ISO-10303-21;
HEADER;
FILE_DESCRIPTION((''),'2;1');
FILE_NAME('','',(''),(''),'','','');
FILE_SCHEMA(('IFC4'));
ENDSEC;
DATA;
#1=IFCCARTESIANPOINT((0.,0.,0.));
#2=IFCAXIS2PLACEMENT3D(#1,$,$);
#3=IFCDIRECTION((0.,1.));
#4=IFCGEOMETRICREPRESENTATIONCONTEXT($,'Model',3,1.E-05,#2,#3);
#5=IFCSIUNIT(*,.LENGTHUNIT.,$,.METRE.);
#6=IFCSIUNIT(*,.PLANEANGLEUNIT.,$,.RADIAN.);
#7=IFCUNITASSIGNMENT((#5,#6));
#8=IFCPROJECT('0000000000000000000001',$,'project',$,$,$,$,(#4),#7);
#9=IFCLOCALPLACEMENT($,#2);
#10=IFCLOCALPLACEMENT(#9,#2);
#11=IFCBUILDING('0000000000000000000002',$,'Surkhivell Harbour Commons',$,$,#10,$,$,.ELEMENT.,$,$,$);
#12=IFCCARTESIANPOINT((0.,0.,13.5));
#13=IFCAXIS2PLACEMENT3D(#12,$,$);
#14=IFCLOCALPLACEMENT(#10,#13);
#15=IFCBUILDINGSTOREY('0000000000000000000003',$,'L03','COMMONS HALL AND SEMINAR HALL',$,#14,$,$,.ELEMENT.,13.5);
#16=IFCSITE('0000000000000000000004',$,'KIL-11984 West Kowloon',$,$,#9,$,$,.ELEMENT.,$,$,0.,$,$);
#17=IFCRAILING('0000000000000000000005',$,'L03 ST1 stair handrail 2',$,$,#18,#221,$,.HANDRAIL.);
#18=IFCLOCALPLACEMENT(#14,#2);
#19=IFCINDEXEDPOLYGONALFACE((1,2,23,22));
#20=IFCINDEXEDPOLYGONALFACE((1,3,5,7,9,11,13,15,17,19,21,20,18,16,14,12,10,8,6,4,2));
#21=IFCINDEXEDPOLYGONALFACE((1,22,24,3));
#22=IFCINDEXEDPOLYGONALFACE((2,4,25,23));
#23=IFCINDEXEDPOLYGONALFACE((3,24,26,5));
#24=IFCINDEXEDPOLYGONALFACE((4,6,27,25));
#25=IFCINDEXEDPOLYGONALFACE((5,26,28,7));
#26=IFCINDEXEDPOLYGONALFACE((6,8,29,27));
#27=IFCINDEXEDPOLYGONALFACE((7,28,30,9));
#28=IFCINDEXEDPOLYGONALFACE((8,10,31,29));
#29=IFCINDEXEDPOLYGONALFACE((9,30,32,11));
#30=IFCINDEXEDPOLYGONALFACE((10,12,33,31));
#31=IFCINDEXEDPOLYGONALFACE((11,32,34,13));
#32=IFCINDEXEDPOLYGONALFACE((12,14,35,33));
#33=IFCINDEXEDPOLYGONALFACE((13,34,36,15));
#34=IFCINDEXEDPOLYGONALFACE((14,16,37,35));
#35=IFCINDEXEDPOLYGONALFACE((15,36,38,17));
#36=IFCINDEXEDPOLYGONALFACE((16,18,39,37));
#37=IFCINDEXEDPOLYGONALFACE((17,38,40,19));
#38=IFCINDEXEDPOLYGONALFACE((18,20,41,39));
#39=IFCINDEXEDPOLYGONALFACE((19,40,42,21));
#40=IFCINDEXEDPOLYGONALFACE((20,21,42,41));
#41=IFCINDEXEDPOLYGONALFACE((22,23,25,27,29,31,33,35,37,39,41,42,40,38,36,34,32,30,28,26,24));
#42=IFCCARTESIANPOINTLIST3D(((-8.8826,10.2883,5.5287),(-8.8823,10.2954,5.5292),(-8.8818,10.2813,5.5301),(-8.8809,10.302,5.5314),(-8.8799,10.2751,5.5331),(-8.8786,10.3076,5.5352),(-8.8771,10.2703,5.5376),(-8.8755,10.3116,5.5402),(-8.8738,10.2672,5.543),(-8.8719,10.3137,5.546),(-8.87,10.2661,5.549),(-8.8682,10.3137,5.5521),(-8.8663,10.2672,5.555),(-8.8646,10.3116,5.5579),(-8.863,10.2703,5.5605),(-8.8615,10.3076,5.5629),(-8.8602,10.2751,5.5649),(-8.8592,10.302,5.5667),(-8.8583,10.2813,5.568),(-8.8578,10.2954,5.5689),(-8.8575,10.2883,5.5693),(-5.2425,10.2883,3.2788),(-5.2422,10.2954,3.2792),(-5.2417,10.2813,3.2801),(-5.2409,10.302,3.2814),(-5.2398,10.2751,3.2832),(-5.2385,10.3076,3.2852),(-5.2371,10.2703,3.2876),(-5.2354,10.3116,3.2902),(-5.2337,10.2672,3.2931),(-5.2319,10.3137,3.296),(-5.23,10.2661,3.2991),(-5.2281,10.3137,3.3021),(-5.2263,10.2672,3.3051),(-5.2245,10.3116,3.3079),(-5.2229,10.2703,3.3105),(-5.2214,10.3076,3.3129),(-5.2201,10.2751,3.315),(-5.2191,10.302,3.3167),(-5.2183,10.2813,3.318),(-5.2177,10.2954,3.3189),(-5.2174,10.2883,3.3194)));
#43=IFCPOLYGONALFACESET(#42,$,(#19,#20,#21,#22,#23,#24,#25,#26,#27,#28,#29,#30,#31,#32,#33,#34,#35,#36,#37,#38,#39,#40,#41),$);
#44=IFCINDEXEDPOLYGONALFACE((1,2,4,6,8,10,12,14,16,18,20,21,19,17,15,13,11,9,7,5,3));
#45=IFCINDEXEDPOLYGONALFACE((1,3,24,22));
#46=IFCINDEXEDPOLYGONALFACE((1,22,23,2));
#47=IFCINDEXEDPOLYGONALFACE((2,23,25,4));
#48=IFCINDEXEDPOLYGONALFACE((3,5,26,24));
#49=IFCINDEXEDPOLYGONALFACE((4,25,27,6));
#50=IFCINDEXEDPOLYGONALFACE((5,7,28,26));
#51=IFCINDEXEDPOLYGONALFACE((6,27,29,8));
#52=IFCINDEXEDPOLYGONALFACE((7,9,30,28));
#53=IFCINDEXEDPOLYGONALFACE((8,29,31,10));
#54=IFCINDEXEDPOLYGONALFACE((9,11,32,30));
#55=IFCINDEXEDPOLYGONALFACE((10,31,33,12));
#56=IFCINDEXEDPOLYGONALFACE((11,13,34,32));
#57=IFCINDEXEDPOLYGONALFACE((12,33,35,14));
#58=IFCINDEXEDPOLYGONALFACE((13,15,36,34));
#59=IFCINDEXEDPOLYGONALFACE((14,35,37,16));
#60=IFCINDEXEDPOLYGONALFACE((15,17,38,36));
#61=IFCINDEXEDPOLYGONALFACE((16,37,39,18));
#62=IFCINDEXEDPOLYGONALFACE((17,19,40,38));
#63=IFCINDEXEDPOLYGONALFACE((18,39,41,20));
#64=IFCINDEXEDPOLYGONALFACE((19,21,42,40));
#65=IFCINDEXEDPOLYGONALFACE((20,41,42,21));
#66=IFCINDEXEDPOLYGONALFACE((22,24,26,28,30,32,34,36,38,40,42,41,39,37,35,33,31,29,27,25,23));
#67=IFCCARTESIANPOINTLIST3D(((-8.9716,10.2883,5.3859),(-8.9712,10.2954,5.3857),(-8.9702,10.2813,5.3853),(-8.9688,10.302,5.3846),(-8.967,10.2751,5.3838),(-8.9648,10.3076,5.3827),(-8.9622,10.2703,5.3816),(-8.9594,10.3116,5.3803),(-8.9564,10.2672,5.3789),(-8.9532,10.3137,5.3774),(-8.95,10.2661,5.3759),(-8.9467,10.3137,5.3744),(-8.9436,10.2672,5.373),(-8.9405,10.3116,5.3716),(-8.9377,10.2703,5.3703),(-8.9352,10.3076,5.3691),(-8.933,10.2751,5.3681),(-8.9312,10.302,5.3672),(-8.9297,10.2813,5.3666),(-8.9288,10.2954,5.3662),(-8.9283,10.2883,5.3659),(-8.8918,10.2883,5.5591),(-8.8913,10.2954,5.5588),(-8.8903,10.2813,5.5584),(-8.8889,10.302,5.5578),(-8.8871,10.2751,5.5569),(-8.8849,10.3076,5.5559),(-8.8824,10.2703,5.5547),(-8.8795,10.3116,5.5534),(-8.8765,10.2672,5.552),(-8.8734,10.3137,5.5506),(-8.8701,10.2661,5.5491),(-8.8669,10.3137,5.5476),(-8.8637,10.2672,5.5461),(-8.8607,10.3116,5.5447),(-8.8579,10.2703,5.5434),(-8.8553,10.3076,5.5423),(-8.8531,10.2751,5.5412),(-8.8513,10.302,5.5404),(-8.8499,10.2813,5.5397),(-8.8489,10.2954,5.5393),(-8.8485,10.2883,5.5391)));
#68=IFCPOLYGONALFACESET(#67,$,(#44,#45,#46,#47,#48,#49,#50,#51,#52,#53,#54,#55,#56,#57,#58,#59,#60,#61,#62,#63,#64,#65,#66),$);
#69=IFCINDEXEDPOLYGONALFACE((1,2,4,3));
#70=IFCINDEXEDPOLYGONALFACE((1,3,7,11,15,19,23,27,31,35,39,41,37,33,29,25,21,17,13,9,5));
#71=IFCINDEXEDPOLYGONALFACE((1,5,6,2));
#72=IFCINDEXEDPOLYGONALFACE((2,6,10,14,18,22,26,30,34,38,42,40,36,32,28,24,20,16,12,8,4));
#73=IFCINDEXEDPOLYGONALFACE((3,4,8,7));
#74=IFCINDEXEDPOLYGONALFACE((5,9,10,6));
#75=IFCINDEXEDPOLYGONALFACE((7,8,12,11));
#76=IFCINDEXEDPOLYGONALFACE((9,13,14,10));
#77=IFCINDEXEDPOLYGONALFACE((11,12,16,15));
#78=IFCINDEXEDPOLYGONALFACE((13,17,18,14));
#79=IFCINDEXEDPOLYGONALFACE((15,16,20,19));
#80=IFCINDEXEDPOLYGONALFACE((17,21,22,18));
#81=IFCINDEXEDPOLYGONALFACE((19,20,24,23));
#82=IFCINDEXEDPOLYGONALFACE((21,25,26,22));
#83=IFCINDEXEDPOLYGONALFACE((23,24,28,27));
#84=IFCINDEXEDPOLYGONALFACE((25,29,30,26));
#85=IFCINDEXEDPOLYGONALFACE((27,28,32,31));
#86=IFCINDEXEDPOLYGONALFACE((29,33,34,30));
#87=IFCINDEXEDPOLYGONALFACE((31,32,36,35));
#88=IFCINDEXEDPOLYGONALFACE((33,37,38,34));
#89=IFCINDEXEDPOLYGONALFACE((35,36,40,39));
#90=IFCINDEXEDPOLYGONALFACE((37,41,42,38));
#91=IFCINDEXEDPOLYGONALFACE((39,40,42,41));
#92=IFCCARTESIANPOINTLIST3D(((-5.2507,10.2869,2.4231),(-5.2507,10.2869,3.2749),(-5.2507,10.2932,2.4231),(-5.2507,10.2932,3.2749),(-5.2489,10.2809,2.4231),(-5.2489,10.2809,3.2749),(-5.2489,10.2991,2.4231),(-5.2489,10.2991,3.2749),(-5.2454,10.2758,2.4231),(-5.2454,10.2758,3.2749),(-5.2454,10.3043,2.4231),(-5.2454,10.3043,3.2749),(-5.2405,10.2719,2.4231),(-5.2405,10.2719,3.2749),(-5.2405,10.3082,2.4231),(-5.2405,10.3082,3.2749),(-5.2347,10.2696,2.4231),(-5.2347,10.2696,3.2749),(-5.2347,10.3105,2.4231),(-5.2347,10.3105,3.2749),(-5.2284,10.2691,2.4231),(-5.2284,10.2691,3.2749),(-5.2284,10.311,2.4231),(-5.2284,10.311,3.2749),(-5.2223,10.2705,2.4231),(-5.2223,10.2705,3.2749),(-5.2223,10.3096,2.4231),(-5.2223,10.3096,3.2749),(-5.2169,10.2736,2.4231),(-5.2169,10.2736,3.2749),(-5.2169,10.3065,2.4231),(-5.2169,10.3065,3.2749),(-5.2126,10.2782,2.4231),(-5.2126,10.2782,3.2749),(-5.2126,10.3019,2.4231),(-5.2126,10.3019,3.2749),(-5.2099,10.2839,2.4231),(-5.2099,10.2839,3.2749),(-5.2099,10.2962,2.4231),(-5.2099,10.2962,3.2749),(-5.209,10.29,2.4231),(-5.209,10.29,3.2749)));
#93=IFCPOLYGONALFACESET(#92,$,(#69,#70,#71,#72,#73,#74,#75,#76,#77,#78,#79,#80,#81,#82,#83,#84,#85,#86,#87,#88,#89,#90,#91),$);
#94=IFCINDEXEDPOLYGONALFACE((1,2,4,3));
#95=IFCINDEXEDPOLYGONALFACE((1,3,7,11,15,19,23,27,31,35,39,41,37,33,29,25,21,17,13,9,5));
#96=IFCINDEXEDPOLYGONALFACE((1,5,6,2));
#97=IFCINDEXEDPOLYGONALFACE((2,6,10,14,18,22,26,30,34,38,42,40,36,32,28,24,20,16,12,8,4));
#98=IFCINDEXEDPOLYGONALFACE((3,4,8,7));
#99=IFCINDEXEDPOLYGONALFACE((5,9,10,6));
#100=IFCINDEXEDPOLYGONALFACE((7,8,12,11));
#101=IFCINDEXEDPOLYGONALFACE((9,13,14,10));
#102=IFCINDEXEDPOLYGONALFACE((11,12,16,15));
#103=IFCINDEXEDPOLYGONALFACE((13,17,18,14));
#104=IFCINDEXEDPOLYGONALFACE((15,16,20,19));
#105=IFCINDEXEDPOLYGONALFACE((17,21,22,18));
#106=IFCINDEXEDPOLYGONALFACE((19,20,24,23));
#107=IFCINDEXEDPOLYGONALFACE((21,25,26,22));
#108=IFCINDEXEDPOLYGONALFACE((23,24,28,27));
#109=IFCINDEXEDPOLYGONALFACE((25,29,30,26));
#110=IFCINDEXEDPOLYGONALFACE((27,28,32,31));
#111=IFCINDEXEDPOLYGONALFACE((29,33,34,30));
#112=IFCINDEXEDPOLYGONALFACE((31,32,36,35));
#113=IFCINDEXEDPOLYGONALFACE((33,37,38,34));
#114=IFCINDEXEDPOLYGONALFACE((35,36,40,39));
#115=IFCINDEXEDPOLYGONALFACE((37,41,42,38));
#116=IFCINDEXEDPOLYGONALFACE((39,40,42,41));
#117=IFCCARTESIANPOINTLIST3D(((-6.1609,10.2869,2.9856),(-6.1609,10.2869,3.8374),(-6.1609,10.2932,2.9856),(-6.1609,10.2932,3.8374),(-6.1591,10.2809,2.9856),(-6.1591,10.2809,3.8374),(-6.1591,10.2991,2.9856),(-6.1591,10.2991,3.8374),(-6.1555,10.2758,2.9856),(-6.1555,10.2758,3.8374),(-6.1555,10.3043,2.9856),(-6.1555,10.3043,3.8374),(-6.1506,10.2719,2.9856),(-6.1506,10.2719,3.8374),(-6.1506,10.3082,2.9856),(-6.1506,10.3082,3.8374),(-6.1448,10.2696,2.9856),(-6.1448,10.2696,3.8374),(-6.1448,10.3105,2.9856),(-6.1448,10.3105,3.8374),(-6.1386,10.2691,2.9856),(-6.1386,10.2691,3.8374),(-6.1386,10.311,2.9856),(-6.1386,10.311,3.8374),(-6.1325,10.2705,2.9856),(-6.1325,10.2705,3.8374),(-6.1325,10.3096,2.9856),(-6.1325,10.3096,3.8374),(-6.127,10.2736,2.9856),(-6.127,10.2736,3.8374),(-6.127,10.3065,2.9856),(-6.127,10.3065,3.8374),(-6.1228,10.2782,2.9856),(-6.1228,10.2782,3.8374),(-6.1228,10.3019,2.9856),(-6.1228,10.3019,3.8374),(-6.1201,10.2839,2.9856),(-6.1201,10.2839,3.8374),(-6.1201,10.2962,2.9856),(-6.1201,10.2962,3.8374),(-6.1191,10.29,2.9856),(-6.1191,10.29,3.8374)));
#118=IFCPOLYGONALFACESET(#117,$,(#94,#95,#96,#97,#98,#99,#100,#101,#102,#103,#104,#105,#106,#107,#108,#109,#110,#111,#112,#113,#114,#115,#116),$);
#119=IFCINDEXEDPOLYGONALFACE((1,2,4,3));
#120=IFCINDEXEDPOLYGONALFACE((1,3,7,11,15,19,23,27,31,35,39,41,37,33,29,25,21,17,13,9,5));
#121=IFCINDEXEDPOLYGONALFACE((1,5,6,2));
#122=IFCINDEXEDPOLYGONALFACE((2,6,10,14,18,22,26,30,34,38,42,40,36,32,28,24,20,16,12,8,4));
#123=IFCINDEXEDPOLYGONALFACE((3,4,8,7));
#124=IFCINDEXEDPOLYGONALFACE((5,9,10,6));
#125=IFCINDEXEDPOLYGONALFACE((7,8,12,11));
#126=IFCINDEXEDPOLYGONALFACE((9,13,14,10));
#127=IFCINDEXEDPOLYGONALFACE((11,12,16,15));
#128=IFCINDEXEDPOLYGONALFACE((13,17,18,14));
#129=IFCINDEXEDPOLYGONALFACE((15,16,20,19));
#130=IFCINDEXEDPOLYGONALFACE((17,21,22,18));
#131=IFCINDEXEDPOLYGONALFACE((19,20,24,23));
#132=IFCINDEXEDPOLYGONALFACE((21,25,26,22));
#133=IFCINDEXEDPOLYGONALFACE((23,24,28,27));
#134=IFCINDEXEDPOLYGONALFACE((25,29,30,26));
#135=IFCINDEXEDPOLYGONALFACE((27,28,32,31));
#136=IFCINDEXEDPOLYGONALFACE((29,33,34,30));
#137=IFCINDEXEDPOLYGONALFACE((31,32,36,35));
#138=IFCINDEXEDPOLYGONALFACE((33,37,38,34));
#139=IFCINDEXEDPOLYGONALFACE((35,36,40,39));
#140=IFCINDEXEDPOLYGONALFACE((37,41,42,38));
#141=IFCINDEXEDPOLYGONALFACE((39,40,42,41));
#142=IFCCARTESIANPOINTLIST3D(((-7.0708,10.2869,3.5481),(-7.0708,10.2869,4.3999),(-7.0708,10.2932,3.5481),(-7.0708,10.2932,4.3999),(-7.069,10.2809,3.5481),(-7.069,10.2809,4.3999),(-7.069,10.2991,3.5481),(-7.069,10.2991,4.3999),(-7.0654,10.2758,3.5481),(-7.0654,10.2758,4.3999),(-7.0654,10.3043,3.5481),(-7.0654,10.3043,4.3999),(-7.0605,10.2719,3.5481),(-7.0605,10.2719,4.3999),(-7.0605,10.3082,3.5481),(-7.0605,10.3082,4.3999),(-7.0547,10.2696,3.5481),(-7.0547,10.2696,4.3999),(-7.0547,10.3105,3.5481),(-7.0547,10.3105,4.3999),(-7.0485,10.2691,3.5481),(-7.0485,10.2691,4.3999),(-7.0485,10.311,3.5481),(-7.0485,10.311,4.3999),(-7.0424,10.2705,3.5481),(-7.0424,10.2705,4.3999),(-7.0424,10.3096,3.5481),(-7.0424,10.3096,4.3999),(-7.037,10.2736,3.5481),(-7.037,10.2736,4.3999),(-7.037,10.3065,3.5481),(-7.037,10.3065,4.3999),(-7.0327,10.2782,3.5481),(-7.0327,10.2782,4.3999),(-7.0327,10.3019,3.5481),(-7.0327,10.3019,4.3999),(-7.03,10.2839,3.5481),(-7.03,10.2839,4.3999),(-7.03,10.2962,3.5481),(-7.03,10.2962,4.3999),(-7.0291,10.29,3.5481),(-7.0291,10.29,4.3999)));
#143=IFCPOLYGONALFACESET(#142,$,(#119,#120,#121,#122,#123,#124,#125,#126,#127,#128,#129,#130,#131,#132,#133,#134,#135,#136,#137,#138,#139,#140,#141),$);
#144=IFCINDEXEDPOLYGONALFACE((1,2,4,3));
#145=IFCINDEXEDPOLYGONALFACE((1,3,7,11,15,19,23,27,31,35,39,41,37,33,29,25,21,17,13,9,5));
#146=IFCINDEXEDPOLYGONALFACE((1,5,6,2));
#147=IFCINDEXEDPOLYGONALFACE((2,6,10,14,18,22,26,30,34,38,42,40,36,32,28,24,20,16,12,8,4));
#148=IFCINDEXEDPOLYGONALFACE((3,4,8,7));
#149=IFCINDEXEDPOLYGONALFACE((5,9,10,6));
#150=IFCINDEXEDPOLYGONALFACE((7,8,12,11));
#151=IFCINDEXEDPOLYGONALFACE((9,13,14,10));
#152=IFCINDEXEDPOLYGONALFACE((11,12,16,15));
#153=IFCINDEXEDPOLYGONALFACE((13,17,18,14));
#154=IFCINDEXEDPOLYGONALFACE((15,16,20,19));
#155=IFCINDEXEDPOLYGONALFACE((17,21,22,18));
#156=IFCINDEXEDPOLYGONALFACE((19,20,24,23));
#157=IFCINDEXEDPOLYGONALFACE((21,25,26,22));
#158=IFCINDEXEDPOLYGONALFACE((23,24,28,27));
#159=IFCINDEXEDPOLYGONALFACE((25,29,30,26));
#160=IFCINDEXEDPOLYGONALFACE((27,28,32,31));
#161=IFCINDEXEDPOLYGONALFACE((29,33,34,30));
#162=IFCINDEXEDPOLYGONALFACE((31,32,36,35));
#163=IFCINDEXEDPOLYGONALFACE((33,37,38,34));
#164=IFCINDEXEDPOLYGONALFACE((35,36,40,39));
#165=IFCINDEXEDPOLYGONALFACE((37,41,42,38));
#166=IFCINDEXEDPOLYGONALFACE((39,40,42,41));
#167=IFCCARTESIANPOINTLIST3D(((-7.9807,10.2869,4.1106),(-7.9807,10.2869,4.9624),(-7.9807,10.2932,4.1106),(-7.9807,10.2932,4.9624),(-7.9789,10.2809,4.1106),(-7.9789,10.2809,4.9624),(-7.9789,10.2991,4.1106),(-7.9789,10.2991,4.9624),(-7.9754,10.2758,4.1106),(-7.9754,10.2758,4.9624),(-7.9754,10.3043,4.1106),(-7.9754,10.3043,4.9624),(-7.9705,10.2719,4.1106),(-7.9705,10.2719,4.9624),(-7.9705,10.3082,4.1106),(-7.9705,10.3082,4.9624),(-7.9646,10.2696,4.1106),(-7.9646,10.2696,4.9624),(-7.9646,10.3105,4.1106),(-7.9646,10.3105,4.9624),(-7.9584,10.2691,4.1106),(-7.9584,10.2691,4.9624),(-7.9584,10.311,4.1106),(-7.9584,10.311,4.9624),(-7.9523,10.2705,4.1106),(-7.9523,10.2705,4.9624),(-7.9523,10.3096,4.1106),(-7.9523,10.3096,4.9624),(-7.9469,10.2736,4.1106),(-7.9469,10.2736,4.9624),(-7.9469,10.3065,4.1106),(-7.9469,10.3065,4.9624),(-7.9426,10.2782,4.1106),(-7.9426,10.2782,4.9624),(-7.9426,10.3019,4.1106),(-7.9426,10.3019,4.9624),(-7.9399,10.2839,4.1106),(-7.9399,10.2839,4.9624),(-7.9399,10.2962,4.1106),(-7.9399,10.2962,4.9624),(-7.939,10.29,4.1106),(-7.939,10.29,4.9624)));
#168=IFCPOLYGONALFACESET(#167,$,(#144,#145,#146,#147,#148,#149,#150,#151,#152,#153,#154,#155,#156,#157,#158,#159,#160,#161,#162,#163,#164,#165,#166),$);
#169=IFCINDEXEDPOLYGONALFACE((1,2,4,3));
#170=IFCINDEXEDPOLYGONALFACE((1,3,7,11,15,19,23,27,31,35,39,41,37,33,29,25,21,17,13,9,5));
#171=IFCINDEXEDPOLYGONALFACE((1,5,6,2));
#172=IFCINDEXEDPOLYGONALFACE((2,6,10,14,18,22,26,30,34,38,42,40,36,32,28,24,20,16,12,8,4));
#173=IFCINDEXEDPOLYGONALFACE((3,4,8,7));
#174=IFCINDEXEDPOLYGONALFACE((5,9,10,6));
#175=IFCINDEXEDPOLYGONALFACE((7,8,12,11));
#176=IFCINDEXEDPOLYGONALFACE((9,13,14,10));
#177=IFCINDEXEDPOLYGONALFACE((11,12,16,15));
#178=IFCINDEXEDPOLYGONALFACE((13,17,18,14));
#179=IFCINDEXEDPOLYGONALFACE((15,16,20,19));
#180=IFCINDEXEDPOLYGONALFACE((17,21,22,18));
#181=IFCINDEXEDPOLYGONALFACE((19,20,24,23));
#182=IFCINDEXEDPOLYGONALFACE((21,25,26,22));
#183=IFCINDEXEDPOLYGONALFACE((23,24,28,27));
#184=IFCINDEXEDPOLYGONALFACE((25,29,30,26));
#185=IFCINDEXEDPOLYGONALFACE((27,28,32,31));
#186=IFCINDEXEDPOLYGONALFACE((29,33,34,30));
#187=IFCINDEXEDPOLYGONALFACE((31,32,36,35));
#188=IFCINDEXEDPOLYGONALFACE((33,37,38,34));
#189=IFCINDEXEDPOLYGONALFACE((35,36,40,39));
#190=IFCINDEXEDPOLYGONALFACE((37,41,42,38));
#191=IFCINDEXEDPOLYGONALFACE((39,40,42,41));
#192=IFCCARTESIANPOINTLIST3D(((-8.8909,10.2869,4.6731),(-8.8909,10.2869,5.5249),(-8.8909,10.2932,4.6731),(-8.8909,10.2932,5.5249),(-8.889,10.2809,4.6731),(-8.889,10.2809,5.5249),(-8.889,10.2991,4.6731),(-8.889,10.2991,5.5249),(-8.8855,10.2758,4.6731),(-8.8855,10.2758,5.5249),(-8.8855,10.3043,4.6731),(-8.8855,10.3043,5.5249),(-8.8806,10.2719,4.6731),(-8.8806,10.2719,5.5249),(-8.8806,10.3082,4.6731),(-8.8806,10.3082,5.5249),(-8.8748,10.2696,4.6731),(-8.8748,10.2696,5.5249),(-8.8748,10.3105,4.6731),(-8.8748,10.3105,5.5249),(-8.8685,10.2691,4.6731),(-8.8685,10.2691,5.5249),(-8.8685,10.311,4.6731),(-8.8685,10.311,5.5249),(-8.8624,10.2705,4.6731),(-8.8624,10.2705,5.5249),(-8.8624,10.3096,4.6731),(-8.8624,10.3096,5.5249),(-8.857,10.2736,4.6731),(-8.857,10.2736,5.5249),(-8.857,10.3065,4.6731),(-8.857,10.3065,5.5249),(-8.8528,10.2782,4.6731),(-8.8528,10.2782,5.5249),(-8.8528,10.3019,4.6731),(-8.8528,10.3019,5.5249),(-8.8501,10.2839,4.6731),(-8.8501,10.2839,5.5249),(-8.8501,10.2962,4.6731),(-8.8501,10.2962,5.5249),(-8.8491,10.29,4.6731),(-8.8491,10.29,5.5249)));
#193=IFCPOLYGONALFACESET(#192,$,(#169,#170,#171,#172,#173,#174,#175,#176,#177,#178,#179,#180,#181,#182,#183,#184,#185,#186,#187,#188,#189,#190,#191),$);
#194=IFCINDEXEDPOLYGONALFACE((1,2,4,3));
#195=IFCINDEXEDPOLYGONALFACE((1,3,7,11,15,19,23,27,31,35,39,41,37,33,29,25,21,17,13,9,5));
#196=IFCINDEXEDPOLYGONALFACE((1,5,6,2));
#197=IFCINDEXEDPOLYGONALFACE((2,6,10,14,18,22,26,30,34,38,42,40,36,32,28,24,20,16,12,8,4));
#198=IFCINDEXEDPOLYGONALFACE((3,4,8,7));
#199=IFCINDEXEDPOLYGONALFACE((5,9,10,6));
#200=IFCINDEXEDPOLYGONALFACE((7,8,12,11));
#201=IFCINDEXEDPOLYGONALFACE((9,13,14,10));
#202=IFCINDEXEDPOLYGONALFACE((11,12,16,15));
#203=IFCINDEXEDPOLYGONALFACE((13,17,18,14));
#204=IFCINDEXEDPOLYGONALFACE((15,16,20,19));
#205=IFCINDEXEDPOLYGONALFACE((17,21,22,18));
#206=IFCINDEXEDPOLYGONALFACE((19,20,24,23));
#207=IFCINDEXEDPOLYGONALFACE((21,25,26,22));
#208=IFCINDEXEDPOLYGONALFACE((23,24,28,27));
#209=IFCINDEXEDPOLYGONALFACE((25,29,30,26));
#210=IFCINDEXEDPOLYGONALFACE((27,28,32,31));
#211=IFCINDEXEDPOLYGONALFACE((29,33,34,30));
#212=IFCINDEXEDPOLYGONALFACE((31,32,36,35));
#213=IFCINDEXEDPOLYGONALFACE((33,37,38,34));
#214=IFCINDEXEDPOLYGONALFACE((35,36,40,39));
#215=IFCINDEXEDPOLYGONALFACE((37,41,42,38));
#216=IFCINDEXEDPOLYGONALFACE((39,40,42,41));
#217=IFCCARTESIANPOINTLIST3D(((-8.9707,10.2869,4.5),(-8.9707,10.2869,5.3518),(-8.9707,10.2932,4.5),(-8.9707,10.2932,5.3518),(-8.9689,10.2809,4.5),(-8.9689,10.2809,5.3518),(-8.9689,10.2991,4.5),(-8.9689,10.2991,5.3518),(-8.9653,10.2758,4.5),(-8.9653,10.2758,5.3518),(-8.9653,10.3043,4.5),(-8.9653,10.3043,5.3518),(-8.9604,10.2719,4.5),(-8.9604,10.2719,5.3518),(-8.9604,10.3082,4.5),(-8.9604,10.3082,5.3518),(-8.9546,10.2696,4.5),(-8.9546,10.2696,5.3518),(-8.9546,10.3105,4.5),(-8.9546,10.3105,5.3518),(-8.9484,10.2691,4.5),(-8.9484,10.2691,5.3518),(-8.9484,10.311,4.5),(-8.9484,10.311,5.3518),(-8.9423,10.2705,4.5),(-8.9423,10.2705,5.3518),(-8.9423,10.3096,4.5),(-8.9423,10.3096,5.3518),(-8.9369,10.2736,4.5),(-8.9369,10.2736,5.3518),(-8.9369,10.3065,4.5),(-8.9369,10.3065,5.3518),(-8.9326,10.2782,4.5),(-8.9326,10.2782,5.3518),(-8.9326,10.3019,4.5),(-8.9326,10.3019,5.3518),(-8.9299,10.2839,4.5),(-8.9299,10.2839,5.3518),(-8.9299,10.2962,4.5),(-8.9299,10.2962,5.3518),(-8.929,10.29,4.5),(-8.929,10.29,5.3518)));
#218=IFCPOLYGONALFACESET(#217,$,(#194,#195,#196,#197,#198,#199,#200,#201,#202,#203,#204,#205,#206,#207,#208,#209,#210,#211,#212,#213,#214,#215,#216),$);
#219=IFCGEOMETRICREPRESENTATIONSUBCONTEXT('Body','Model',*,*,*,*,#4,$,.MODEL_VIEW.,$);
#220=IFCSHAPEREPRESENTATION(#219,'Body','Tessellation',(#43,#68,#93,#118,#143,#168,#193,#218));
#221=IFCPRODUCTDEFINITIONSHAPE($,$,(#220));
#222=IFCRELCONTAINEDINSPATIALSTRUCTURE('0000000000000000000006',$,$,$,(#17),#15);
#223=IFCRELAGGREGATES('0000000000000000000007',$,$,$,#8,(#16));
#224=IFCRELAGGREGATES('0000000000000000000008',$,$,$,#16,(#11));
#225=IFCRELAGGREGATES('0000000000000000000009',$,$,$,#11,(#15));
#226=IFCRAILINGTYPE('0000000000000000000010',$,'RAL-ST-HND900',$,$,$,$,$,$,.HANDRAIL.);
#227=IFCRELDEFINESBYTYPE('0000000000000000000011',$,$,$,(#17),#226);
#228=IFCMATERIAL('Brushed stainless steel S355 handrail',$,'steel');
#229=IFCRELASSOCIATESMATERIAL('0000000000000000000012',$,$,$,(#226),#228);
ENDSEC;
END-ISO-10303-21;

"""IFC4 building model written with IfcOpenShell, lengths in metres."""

from ifc_helpers import new_model, si_unit, direction, frame, origin, origin_2d, place, context, subcontext, project, spatial, circle, extrude, material, type_object, element, save


model = new_model("IFC4")

# Units and contexts
model_context = context("Model", 3, precision=1e-05, world=origin(), true_north=direction((0.0, 1.0)))
body_context = subcontext(model_context, "Body", "Model", "MODEL_VIEW")
ifc_project = project(units=[si_unit("LENGTHUNIT", "METRE"), si_unit("PLANEANGLEUNIT", "RADIAN")], contexts=[model_context])

# Site, building, storey
site_placement = place(None, origin())
site = spatial("IfcSite", under=ifc_project, at=site_placement, Name="KIL-11984 West Kowloon", CompositionType="ELEMENT", RefElevation=0.0)
building_placement = place(site_placement, origin())
building = spatial("IfcBuilding", under=site, at=building_placement, Name="Surkhivell Harbour Commons", CompositionType="ELEMENT")
storey_placement = place(building_placement, frame((0.0, 0.0, 13.5)))
storey = spatial("IfcBuildingStorey", under=building, at=storey_placement, Name="L03", Description="COMMONS HALL AND SEMINAR HALL", CompositionType="ELEMENT", Elevation=13.5)

# Railing
ifc_material_1 = material(Name="Brushed stainless steel S355 handrail", Category="steel")
railing_type = type_object("IfcRailingType", Name="RAL-ST-HND900", PredefinedType="HANDRAIL", material=ifc_material_1)
railing_placement = place(storey_placement, frame((-5.23, 10.29, 2.4231)))
element("IfcRailing", 1, at=railing_placement, inside=storey, type_object=railing_type, Name="L03 ST1 stair handrail 2", PredefinedType="HANDRAIL", context=body_context, shape_type="SweptSolid", body=[
    extrude(circle(Radius=0.0239, at=origin_2d()), frame((0.0, 0.0, 0.876), z_axis=(-0.850622, 0.0, 0.525777), x_axis=(0.0, -1.0, 0.0)), (0.0, 0.0, 1.0), 4.2793),
    extrude(circle(Radius=0.0239, at=origin_2d()), frame((-3.6401, 0.0, 3.126), z_axis=(-0.418815, 0.0, -0.908072), x_axis=(0.0, -1.0, 0.0)), (0.0, 0.0, 1.0), 0.1907),
    extrude(circle(Radius=0.021, at=origin_2d()), origin(), (0.0, 0.0, 1.0), 0.8518),
    extrude(circle(Radius=0.021, at=origin_2d()), frame((-0.9102, 0.0, 0.5625)), (0.0, 0.0, 1.0), 0.8518),
    extrude(circle(Radius=0.021, at=origin_2d()), frame((-1.8201, 0.0, 1.125)), (0.0, 0.0, 1.0), 0.8518),
    extrude(circle(Radius=0.021, at=origin_2d()), frame((-2.73, 0.0, 1.6875)), (0.0, 0.0, 1.0), 0.8518),
    extrude(circle(Radius=0.021, at=origin_2d()), frame((-3.6401, 0.0, 2.25)), (0.0, 0.0, 1.0), 0.8518),
    extrude(circle(Radius=0.021, at=origin_2d()), frame((-3.72, 0.0, 2.0769)), (0.0, 0.0, 1.0), 0.8518),
])

save(model, "model.ifc")
